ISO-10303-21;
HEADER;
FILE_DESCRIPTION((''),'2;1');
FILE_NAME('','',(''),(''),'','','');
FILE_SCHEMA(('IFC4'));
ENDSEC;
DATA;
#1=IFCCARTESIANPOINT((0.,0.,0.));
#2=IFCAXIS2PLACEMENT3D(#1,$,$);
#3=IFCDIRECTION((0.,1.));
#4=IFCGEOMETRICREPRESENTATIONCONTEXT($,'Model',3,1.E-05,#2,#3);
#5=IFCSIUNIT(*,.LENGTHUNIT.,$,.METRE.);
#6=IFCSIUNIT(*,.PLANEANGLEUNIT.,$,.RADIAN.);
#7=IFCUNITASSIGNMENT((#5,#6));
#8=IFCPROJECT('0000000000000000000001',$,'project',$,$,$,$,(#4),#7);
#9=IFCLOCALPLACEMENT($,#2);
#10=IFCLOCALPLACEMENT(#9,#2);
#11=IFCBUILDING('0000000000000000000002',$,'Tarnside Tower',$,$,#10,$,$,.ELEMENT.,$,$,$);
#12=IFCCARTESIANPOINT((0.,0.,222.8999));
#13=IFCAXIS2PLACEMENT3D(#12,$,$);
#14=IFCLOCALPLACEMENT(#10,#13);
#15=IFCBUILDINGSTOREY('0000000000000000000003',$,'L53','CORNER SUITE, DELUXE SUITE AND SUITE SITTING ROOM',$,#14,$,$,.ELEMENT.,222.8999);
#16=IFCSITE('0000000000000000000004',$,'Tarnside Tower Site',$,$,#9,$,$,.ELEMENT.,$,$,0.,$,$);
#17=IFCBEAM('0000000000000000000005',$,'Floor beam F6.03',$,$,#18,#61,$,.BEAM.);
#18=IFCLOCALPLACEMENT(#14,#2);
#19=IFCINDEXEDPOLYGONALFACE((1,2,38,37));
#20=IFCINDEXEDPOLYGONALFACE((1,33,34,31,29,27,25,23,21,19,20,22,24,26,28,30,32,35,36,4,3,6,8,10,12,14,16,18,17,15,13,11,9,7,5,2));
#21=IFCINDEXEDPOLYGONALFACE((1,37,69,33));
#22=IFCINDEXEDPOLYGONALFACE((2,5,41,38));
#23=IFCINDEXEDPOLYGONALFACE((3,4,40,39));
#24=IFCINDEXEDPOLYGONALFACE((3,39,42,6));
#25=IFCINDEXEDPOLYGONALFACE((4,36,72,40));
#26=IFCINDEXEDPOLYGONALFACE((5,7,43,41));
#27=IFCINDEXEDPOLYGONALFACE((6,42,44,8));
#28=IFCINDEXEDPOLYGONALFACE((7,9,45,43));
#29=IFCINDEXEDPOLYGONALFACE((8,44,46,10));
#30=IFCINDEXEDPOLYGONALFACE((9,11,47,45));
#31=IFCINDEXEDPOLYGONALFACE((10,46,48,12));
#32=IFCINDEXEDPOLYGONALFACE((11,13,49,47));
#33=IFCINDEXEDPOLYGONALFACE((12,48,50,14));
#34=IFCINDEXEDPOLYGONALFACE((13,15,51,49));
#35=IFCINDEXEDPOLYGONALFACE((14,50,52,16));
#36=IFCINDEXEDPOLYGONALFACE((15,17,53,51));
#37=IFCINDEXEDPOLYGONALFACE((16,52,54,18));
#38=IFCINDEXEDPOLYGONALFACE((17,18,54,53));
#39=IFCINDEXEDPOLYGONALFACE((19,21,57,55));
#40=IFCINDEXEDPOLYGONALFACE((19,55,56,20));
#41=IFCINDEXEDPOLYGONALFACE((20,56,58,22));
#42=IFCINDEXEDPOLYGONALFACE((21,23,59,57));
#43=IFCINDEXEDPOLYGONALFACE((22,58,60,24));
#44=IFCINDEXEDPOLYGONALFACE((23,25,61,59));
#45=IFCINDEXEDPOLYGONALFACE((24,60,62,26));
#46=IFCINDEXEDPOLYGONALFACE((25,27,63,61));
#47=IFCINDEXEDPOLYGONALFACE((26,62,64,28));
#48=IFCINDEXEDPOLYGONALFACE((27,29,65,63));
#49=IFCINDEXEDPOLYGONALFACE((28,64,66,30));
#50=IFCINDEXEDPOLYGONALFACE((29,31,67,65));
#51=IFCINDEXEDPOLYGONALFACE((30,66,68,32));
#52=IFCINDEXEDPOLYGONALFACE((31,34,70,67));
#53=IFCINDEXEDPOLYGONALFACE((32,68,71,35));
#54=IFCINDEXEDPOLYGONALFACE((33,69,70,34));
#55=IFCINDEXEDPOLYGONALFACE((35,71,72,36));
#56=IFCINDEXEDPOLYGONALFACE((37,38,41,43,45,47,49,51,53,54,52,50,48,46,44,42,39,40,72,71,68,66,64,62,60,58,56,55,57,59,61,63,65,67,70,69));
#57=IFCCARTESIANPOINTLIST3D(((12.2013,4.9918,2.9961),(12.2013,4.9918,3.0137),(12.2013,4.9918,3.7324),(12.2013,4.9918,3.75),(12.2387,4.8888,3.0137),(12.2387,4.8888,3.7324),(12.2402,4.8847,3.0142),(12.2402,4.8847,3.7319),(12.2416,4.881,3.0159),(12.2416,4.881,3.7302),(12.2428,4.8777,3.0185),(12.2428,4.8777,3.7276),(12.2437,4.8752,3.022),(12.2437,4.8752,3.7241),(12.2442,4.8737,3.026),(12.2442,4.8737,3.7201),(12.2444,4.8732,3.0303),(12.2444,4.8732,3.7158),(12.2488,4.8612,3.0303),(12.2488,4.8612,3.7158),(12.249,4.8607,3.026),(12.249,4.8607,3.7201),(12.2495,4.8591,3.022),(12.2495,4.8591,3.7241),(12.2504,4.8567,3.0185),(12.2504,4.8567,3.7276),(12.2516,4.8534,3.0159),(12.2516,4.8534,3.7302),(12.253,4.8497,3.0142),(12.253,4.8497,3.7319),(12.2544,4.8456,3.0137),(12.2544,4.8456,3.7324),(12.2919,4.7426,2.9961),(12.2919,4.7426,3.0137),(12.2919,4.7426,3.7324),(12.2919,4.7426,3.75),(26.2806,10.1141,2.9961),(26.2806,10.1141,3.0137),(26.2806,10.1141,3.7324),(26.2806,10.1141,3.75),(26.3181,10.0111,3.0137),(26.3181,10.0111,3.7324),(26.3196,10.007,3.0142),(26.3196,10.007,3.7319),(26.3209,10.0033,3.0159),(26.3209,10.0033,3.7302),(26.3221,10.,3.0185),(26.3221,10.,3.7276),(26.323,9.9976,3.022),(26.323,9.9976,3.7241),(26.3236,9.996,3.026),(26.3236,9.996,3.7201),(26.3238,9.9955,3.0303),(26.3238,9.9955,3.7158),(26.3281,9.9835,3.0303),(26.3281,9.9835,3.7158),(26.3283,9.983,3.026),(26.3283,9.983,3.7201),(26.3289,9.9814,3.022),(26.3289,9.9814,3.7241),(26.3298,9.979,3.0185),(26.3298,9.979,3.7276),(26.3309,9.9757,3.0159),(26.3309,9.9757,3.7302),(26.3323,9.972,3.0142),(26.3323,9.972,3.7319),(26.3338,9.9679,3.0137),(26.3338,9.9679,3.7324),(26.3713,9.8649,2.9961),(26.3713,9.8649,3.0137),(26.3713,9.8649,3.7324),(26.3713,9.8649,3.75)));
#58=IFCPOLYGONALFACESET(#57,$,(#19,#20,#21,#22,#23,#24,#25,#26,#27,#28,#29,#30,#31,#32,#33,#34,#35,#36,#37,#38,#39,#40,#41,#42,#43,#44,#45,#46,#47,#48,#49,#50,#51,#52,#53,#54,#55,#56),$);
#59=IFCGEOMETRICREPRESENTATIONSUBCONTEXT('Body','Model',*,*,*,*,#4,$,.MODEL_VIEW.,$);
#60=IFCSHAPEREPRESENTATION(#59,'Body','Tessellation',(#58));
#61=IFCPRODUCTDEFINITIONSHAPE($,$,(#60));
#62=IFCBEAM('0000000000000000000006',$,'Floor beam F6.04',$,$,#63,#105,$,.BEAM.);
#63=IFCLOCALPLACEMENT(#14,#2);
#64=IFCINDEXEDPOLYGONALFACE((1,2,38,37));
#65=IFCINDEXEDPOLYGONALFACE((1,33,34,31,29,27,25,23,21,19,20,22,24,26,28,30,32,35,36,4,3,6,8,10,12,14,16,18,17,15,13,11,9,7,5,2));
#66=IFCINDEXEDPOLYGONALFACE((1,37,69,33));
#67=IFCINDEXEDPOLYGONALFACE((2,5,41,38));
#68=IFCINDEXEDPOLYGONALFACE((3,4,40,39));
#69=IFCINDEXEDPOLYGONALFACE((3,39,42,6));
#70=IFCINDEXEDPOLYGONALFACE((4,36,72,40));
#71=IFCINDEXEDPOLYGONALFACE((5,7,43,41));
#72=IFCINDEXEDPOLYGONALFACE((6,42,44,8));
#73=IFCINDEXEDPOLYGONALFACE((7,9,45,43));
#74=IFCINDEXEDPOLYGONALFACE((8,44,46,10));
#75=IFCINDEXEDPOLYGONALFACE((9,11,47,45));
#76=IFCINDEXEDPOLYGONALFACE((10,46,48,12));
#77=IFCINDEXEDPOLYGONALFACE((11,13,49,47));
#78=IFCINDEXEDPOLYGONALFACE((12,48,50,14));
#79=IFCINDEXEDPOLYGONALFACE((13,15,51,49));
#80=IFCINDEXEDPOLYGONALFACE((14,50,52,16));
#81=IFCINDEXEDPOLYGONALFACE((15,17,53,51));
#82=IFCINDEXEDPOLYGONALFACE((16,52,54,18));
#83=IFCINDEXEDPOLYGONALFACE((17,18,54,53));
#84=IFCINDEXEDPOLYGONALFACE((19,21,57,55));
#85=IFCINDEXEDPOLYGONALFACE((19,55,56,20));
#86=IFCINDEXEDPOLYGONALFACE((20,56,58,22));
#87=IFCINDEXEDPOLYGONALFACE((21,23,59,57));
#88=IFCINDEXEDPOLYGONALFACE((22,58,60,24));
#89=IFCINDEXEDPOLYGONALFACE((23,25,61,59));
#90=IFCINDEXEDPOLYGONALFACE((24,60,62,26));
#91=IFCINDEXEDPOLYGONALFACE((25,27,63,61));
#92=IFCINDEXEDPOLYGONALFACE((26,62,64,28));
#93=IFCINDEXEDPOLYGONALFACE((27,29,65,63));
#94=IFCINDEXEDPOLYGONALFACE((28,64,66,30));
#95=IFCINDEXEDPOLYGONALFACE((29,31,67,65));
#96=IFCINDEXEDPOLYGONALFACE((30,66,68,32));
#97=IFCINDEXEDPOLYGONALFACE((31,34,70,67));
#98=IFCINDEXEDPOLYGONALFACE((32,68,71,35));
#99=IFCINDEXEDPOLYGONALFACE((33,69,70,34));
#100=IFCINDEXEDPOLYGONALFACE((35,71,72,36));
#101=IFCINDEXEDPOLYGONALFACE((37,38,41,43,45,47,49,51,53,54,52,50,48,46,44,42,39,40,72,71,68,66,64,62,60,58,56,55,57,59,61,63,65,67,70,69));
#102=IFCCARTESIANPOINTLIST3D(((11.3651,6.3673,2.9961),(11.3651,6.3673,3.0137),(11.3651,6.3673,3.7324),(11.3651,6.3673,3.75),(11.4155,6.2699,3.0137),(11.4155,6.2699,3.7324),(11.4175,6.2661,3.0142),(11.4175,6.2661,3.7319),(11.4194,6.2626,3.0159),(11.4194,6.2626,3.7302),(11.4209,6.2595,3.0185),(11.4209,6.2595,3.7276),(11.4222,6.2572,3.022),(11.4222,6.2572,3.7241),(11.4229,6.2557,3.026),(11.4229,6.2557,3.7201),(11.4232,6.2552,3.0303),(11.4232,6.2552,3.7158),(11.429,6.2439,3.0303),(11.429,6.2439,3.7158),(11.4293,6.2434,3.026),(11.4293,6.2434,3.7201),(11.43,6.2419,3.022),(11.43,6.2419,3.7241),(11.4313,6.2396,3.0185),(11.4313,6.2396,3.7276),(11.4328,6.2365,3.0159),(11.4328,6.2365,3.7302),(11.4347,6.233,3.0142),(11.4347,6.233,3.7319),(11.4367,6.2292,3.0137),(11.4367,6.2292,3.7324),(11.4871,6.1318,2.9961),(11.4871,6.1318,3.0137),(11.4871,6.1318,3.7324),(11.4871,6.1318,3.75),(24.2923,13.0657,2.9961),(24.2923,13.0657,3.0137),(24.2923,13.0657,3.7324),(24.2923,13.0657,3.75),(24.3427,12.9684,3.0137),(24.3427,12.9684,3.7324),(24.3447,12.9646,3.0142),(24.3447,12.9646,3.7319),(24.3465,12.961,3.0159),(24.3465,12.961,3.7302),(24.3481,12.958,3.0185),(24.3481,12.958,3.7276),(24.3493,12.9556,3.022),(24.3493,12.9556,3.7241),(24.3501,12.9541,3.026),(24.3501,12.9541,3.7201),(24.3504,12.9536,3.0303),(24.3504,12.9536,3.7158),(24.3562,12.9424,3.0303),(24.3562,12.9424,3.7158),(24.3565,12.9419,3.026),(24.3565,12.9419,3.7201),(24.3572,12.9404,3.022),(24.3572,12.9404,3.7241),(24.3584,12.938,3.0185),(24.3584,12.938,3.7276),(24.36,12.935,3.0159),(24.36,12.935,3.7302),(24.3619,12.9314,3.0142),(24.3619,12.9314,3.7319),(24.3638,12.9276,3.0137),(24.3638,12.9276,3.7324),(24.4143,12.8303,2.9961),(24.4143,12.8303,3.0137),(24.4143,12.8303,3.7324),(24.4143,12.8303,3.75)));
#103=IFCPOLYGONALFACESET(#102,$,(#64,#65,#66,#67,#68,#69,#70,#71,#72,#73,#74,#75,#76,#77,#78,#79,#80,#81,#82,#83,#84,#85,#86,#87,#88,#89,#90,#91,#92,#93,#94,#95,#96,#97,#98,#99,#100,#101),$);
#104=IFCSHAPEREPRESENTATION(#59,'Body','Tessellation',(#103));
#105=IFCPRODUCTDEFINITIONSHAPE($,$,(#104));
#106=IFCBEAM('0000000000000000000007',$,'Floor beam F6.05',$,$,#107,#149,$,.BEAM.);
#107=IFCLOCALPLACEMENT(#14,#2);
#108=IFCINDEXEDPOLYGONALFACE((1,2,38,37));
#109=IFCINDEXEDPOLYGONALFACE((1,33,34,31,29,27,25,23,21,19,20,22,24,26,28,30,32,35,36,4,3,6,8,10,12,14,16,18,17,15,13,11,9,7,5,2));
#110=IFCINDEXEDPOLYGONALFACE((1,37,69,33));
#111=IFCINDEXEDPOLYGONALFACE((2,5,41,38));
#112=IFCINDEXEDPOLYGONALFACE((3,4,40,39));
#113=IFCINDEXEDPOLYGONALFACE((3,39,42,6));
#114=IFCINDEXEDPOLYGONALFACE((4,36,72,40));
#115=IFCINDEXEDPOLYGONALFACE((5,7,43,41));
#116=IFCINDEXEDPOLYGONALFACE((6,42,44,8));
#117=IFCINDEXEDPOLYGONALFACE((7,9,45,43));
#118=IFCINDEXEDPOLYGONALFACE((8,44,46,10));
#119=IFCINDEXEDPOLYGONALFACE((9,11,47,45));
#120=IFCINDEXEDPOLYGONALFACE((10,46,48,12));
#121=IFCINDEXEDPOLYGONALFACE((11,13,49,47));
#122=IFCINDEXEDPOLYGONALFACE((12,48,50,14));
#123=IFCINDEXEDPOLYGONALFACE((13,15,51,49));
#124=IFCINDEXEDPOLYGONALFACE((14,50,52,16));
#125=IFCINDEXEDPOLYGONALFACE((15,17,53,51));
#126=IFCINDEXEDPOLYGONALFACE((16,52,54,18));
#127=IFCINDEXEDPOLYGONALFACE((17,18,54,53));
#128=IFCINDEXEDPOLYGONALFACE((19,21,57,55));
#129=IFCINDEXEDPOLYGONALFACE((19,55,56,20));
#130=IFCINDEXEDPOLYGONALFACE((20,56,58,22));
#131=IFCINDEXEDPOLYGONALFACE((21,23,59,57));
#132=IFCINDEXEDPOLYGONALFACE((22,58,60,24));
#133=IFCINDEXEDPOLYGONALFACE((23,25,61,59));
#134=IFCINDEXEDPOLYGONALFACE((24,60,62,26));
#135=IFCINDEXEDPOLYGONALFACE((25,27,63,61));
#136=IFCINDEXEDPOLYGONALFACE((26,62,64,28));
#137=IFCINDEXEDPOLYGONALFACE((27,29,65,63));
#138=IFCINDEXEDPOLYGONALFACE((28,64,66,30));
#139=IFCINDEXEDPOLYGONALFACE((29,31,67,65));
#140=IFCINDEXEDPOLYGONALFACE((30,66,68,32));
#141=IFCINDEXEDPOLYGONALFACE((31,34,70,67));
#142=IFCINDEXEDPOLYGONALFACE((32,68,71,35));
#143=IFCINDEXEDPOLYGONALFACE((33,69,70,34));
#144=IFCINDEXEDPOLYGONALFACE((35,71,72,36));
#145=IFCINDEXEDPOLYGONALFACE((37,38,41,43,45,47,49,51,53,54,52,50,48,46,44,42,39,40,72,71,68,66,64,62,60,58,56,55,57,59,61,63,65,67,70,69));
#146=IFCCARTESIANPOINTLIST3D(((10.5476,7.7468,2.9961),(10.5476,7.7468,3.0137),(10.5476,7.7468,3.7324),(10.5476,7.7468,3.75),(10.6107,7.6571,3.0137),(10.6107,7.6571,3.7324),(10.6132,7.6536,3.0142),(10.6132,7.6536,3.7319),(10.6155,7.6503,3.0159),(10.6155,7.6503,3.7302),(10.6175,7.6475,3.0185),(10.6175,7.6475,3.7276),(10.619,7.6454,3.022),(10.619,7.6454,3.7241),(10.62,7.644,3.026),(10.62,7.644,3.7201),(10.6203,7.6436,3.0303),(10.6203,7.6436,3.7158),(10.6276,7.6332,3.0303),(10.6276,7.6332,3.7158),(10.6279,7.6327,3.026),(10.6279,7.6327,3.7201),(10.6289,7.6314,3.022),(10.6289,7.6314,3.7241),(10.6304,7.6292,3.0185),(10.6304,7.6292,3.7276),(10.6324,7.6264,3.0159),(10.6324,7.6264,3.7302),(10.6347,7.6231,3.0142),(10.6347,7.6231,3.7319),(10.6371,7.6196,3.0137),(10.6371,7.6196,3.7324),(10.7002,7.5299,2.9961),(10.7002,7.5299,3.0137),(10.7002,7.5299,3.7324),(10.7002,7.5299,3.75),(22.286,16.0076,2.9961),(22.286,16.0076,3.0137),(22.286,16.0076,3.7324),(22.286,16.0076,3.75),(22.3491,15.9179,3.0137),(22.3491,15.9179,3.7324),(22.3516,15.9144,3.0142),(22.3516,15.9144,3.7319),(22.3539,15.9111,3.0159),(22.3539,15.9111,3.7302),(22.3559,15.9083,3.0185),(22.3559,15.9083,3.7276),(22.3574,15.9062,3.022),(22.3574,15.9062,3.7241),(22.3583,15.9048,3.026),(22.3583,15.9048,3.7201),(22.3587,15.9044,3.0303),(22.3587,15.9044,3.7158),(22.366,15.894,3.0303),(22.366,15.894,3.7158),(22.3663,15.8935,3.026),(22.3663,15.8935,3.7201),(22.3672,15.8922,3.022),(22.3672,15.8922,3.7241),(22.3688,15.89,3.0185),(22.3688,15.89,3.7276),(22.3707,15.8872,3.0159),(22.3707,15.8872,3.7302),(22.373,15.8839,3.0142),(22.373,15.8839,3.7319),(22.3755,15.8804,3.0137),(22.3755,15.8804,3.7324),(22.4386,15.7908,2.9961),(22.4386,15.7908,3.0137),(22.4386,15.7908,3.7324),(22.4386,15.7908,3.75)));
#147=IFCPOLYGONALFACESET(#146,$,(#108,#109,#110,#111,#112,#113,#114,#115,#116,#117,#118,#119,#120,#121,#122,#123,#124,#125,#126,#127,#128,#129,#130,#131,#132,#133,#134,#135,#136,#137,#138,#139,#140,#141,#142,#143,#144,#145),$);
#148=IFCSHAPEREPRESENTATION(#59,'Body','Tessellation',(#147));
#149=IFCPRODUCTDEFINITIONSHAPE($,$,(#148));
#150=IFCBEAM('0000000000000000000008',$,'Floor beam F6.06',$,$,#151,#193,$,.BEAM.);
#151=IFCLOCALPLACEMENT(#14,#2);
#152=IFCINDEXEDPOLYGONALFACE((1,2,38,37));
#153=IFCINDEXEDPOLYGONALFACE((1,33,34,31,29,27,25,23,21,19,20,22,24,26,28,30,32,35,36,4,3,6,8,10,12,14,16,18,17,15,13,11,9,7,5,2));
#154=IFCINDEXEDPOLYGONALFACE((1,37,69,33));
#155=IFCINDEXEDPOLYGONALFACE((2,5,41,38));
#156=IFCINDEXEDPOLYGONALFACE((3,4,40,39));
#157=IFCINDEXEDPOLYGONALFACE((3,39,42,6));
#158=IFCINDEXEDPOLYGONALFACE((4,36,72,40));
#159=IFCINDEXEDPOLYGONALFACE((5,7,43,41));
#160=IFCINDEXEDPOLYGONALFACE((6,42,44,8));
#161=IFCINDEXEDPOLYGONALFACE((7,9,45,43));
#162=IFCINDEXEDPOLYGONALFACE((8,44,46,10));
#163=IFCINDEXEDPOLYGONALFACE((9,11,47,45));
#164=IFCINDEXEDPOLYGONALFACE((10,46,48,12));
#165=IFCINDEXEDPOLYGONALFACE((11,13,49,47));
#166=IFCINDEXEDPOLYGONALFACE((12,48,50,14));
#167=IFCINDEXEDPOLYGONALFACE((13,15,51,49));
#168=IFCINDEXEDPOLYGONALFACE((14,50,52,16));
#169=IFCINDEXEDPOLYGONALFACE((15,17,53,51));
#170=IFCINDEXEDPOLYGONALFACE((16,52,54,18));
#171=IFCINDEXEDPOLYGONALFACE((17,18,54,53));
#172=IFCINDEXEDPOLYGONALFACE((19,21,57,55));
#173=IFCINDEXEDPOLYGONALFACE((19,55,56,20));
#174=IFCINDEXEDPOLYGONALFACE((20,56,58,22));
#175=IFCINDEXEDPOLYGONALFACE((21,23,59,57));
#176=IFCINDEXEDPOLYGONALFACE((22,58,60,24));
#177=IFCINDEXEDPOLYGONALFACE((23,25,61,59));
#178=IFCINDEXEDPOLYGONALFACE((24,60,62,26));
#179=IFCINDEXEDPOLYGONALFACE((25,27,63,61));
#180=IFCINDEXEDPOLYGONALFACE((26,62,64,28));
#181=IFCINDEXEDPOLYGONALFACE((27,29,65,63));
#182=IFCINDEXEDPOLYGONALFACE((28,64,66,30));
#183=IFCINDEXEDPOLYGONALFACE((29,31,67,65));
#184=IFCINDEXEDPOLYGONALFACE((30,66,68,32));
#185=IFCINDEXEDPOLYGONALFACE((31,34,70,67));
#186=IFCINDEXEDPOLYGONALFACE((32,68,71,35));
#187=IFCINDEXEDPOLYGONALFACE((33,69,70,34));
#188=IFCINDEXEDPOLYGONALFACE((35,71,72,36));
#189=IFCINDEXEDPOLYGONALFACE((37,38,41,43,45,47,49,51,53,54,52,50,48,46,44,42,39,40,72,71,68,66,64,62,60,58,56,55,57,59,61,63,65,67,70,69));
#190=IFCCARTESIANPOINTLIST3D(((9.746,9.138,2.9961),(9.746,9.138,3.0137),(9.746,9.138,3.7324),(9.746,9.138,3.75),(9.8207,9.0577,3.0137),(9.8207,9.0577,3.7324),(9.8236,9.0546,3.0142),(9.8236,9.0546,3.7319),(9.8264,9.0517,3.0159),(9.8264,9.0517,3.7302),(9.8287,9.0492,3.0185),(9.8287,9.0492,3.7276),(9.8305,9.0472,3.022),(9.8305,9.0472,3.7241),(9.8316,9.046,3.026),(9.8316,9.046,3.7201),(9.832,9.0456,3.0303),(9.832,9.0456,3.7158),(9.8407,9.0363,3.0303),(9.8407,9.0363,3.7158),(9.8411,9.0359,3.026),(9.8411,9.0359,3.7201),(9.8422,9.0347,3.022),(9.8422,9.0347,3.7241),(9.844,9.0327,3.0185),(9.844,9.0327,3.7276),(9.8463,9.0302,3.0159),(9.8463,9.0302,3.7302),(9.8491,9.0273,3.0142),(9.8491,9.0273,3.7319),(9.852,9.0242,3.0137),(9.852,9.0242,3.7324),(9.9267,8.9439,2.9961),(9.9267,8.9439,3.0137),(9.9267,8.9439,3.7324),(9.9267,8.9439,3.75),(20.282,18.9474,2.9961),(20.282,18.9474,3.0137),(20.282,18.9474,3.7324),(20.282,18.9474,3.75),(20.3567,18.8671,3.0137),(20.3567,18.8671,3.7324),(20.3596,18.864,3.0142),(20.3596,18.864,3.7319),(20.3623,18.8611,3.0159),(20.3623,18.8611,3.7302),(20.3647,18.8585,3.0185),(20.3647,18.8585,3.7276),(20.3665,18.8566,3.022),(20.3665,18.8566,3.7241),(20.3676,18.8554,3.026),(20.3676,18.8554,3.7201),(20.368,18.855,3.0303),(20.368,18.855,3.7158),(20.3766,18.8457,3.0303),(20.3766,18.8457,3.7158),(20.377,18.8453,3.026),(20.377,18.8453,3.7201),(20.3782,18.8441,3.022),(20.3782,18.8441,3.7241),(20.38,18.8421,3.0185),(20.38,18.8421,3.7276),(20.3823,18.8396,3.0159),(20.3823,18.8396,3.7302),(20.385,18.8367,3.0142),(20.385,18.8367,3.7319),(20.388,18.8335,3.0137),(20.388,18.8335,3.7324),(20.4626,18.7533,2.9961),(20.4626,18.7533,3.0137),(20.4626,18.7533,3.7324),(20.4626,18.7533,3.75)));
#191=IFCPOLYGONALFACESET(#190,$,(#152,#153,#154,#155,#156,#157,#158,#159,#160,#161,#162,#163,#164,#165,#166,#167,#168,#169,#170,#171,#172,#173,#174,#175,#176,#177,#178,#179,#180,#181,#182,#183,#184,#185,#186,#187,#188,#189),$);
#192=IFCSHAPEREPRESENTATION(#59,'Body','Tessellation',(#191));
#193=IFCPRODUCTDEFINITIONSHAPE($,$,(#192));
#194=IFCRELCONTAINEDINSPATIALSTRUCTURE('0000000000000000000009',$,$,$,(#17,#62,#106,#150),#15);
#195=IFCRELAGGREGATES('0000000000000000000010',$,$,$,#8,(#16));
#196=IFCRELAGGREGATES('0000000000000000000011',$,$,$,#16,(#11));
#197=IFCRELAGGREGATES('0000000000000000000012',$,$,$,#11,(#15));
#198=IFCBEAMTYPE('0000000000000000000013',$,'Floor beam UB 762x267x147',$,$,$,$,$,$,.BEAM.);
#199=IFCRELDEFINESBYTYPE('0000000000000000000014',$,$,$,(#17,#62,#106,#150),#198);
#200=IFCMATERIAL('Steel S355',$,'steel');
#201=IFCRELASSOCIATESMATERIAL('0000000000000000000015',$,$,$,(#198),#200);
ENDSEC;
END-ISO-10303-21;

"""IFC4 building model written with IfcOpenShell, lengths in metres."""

from ifc_helpers import new_model, si_unit, direction, frame, origin, origin_2d, place, context, subcontext, project, spatial, i_section, extrude, material, material_profile, profile_set, type_object, element, save


model = new_model("IFC4")

# Units and contexts
model_context = context("Model", 3, precision=1e-05, world=origin(), true_north=direction((0.0, 1.0)))
body_context = subcontext(model_context, "Body", "Model", "MODEL_VIEW")
ifc_project = project(units=[si_unit("LENGTHUNIT", "METRE"), si_unit("PLANEANGLEUNIT", "RADIAN")], contexts=[model_context])

# Site, building, storey
site_placement = place(None, origin())
site = spatial("IfcSite", under=ifc_project, at=site_placement, Name="Tarnside Tower Site", CompositionType="ELEMENT", RefElevation=0.0)
building_placement = place(site_placement, origin())
building = spatial("IfcBuilding", under=site, at=building_placement, Name="Tarnside Tower", CompositionType="ELEMENT")
storey_placement = place(building_placement, frame((0.0, 0.0, 222.8999)))
storey = spatial("IfcBuildingStorey", under=building, at=storey_placement, Name="L53", Description="CORNER SUITE, DELUXE SUITE AND SUITE SITTING ROOM", CompositionType="ELEMENT", Elevation=222.8999)

# Beams
ifc_material_1 = material(Name="Steel S355", Category="steel")
ifc_material_profile_1 = material_profile(ifc_material_1, i_section(OverallWidth=0.2651, OverallDepth=0.7539, WebThickness=0.0127, FlangeThickness=0.0176, FilletRadius=0.0166, at=origin_2d()), Name="UB 762x267x147")
ifc_profile_set_1 = profile_set([ifc_material_profile_1], Name="Steel S355")
beam_type_1 = type_object("IfcBeamType", Name="Floor beam UB 762x267x147", PredefinedType="BEAM", material=ifc_profile_set_1)
beam_1_placement = place(storey_placement, frame((26.3259, 9.9895, 3.373), z_axis=(-0.939739, -0.341894, 0.0), x_axis=(0.341894, -0.939739, 0.0)))
element("IfcBeam", 1, at=beam_1_placement, inside=storey, type_object=beam_type_1, Name="Floor beam F6.03", PredefinedType="BEAM", context=body_context, shape_type="SweptSolid", body=[
    extrude(i_section(OverallWidth=0.2651, OverallDepth=0.7539, WebThickness=0.0127, FlangeThickness=0.0176, FilletRadius=0.0166, at=origin_2d()), origin(), (0.0, 0.0, 1.0), 14.9822),
])
beam_2_placement = place(storey_placement, frame((24.3533, 12.948, 3.373), z_axis=(-0.887882, -0.460072, 0.0), x_axis=(0.460072, -0.887882, 0.0)))
element("IfcBeam", 2, at=beam_2_placement, inside=storey, type_object=beam_type_1, Name="Floor beam F6.04", PredefinedType="BEAM", context=body_context, shape_type="SweptSolid", body=[
    extrude(i_section(OverallWidth=0.2651, OverallDepth=0.7539, WebThickness=0.0127, FlangeThickness=0.0176, FilletRadius=0.0166, at=origin_2d()), origin(), (0.0, 0.0, 1.0), 14.5596),
])
beam_3_placement = place(storey_placement, frame((22.3623, 15.8992, 3.373), z_axis=(-0.817791, -0.575515, 0.0), x_axis=(0.575515, -0.817791, 0.0)))
element("IfcBeam", 3, at=beam_3_placement, inside=storey, type_object=beam_type_1, Name="Floor beam F6.05", PredefinedType="BEAM", context=body_context, shape_type="SweptSolid", body=[
    extrude(i_section(OverallWidth=0.2651, OverallDepth=0.7539, WebThickness=0.0127, FlangeThickness=0.0176, FilletRadius=0.0166, at=origin_2d()), origin(), (0.0, 0.0, 1.0), 14.3538),
])
beam_4_placement = place(storey_placement, frame((20.3723, 18.8503, 3.373), z_axis=(-0.731892, -0.68142, 0.0), x_axis=(0.68142, -0.731892, 0.0)))
element("IfcBeam", 4, at=beam_4_placement, inside=storey, type_object=beam_type_1, Name="Floor beam F6.06", PredefinedType="BEAM", context=body_context, shape_type="SweptSolid", body=[
    extrude(i_section(OverallWidth=0.2651, OverallDepth=0.7539, WebThickness=0.0127, FlangeThickness=0.0176, FilletRadius=0.0166, at=origin_2d()), origin(), (0.0, 0.0, 1.0), 14.3955),
])

save(model, "model.ifc")
